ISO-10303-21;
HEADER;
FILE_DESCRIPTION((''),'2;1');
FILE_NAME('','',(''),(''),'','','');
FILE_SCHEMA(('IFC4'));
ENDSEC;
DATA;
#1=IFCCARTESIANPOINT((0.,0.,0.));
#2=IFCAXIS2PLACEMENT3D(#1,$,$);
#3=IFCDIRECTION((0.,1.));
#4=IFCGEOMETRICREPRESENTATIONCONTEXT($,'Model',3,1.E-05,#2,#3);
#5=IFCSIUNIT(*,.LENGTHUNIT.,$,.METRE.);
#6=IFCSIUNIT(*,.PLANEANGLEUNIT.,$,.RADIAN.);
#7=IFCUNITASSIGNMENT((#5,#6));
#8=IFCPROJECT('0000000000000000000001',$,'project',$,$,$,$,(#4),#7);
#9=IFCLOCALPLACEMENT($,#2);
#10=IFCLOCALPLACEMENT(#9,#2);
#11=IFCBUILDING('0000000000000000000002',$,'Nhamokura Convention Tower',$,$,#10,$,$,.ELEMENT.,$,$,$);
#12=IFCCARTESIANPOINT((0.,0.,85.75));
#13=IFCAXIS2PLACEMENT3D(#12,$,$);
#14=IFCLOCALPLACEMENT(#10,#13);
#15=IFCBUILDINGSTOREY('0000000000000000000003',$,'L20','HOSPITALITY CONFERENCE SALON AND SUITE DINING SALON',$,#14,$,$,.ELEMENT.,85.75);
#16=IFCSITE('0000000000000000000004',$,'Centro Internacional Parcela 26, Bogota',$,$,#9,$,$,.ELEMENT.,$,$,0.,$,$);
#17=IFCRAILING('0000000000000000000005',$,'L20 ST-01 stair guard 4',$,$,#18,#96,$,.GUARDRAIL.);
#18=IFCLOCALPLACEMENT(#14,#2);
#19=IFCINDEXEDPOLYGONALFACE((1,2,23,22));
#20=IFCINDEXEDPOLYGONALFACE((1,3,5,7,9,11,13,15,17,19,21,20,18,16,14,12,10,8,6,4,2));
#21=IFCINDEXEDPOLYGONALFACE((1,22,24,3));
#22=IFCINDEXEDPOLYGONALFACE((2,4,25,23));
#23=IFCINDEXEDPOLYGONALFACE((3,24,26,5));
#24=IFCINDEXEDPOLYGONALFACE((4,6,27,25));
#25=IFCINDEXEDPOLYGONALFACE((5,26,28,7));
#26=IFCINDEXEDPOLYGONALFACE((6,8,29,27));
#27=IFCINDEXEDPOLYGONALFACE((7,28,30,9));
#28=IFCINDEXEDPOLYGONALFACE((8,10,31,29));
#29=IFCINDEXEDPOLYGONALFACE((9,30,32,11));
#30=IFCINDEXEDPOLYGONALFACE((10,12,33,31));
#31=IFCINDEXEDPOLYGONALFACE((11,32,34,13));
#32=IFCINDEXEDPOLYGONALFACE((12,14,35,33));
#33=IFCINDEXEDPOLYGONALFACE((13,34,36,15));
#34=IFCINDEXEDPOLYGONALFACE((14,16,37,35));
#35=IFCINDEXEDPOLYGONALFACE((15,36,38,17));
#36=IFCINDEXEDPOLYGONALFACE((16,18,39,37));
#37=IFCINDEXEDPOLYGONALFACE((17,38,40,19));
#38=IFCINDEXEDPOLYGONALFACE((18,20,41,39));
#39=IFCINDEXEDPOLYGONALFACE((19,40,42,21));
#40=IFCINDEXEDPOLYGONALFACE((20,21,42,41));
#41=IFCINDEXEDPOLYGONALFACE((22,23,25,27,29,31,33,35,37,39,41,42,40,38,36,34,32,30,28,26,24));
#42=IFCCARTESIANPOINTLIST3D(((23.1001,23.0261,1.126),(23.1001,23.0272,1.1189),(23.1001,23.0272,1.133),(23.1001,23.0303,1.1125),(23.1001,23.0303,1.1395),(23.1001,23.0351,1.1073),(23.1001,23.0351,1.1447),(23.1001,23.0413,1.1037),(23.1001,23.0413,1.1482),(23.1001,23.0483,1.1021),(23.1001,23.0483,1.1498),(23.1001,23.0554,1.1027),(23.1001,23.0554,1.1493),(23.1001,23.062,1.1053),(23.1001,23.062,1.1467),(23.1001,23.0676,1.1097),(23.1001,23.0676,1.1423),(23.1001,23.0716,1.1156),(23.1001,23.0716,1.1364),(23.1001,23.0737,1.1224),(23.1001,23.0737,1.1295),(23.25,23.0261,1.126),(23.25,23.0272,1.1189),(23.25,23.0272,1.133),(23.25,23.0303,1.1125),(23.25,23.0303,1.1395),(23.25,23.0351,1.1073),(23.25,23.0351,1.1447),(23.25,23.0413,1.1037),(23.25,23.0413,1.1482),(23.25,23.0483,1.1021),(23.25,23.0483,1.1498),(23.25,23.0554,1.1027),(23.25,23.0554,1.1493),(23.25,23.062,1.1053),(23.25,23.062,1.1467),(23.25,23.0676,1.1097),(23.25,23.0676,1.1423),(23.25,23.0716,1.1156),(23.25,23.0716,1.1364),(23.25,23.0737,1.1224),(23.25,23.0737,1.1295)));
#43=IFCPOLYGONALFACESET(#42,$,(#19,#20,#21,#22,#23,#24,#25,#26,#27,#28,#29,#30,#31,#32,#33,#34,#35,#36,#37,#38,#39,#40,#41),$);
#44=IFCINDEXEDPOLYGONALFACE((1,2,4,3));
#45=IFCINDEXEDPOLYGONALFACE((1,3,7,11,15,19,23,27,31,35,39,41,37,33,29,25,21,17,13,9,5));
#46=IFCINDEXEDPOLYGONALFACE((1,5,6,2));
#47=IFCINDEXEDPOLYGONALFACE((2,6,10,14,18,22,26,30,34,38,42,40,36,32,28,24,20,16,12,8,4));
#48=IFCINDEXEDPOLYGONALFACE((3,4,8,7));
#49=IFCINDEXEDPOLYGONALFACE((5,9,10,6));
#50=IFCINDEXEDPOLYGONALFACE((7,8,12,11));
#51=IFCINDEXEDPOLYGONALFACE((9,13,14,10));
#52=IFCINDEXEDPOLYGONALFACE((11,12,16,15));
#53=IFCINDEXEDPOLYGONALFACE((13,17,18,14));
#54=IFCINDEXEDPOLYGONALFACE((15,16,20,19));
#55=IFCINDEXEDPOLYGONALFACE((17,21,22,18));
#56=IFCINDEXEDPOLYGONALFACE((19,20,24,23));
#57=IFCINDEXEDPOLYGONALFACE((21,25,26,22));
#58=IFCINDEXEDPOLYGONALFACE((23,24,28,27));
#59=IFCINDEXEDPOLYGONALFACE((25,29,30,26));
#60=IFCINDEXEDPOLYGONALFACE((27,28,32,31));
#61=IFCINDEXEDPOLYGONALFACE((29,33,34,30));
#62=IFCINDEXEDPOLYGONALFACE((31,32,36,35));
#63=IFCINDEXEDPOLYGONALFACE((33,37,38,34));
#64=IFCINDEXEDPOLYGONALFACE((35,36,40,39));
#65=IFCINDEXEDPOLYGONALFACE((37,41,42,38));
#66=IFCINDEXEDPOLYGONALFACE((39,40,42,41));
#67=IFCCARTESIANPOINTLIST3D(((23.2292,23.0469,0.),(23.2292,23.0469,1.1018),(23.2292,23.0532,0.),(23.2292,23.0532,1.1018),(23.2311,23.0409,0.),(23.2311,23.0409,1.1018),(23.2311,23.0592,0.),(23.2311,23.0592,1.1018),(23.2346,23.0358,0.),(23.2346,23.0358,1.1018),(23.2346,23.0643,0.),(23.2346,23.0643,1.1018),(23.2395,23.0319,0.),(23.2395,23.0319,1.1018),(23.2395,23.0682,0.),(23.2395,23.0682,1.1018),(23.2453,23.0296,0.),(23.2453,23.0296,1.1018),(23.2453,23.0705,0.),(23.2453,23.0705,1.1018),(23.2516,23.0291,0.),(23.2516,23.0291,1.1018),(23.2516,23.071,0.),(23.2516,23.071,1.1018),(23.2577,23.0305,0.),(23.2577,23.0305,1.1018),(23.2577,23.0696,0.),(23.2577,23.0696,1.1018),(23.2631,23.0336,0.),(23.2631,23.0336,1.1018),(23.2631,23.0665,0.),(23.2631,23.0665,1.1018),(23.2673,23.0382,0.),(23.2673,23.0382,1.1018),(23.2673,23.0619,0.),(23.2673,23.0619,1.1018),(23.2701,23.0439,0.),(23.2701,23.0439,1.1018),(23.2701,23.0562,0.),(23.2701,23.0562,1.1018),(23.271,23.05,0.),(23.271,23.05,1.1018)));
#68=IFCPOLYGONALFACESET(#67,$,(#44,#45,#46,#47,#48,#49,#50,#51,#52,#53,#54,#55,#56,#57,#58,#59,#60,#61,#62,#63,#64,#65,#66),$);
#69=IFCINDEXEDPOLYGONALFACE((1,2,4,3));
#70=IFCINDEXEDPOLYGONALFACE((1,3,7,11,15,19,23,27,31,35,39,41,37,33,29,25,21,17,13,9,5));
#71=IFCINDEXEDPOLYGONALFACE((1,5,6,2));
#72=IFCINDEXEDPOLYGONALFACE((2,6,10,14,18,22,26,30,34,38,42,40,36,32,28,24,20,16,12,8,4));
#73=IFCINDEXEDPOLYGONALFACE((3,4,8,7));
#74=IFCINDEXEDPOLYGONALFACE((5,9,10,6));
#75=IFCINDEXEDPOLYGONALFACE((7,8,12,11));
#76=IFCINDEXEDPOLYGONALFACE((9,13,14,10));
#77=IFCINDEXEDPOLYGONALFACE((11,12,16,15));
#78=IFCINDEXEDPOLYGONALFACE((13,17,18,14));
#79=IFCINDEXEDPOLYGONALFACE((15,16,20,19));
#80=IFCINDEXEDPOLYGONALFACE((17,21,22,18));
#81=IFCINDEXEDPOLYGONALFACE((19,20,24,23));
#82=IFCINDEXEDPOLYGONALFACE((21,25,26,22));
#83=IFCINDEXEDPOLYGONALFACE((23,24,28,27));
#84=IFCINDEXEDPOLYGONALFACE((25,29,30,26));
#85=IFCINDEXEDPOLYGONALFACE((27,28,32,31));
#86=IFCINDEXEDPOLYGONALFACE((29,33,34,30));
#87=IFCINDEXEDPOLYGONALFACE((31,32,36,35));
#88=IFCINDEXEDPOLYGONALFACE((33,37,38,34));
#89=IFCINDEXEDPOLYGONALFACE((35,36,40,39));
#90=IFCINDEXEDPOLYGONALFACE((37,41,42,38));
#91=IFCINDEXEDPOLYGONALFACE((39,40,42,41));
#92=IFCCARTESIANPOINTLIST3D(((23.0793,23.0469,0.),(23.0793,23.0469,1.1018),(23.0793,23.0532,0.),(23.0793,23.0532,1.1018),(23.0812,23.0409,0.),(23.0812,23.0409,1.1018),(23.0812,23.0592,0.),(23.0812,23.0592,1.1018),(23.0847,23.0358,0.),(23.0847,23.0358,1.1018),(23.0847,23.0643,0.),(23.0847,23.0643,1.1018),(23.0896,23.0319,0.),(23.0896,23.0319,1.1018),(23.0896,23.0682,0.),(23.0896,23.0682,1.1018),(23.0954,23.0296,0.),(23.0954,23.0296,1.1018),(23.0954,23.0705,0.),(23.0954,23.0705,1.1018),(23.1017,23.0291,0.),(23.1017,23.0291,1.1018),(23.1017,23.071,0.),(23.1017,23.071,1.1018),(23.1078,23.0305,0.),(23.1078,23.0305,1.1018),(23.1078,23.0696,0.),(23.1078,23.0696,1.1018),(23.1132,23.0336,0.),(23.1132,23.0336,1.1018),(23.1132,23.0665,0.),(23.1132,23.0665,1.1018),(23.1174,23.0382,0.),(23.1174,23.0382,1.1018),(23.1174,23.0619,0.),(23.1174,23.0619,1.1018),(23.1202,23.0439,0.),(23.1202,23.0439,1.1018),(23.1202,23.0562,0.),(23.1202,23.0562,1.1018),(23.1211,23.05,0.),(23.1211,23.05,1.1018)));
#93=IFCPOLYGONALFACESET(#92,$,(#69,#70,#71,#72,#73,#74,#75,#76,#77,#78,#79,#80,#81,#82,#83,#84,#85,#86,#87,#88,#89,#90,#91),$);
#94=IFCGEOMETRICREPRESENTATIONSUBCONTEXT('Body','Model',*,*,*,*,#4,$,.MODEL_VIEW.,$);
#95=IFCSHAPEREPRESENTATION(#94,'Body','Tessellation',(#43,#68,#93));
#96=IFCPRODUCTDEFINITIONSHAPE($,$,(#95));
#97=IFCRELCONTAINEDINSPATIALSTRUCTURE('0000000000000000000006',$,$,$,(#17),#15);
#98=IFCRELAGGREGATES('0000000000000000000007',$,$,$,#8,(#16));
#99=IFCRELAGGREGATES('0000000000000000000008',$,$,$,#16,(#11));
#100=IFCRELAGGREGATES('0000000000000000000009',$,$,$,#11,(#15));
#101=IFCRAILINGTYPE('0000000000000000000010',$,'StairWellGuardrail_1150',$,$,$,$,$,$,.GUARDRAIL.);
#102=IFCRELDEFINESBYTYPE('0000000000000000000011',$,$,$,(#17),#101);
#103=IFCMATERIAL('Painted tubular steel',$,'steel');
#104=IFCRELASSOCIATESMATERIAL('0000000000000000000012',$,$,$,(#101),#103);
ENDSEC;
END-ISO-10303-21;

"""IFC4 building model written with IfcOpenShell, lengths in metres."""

from ifc_helpers import new_model, si_unit, direction, frame, origin, origin_2d, place, context, subcontext, project, spatial, circle, extrude, material, type_object, element, save


model = new_model("IFC4")

# Units and contexts
model_context = context("Model", 3, precision=1e-05, world=origin(), true_north=direction((0.0, 1.0)))
body_context = subcontext(model_context, "Body", "Model", "MODEL_VIEW")
ifc_project = project(units=[si_unit("LENGTHUNIT", "METRE"), si_unit("PLANEANGLEUNIT", "RADIAN")], contexts=[model_context])

# Site, building, storey
site_placement = place(None, origin())
site = spatial("IfcSite", under=ifc_project, at=site_placement, Name="Centro Internacional Parcela 26, Bogota", CompositionType="ELEMENT", RefElevation=0.0)
building_placement = place(site_placement, origin())
building = spatial("IfcBuilding", under=site, at=building_placement, Name="Nhamokura Convention Tower", CompositionType="ELEMENT")
storey_placement = place(building_placement, frame((0.0, 0.0, 85.75)))
storey = spatial("IfcBuildingStorey", under=building, at=storey_placement, Name="L20", Description="HOSPITALITY CONFERENCE SALON AND SUITE DINING SALON", CompositionType="ELEMENT", Elevation=85.75)

# Railing
ifc_material_1 = material(Name="Painted tubular steel", Category="steel")
railing_type_1 = type_object("IfcRailingType", Name="StairWellGuardrail_1150", PredefinedType="GUARDRAIL", material=ifc_material_1)
railing_1_placement = place(storey_placement, frame((23.25, 23.05, 0.0)))
element("IfcRailing", 1, at=railing_1_placement, inside=storey, type_object=railing_type_1, Name="L20 ST-01 stair guard 4", PredefinedType="GUARDRAIL", context=body_context, shape_type="SweptSolid", body=[
    extrude(circle(Radius=0.0239, at=origin_2d()), frame((0.0, 0.0, 1.126), z_axis=(-1.0, 0.0, 0.0), x_axis=(0.0, -1.0, 0.0)), (0.0, 0.0, 1.0), 0.1499),
    extrude(circle(Radius=0.021, at=origin_2d()), origin(), (0.0, 0.0, 1.0), 1.1018),
    extrude(circle(Radius=0.021, at=origin_2d()), frame((-0.1499, 0.0, 0.0)), (0.0, 0.0, 1.0), 1.1018),
])

save(model, "model.ifc")
